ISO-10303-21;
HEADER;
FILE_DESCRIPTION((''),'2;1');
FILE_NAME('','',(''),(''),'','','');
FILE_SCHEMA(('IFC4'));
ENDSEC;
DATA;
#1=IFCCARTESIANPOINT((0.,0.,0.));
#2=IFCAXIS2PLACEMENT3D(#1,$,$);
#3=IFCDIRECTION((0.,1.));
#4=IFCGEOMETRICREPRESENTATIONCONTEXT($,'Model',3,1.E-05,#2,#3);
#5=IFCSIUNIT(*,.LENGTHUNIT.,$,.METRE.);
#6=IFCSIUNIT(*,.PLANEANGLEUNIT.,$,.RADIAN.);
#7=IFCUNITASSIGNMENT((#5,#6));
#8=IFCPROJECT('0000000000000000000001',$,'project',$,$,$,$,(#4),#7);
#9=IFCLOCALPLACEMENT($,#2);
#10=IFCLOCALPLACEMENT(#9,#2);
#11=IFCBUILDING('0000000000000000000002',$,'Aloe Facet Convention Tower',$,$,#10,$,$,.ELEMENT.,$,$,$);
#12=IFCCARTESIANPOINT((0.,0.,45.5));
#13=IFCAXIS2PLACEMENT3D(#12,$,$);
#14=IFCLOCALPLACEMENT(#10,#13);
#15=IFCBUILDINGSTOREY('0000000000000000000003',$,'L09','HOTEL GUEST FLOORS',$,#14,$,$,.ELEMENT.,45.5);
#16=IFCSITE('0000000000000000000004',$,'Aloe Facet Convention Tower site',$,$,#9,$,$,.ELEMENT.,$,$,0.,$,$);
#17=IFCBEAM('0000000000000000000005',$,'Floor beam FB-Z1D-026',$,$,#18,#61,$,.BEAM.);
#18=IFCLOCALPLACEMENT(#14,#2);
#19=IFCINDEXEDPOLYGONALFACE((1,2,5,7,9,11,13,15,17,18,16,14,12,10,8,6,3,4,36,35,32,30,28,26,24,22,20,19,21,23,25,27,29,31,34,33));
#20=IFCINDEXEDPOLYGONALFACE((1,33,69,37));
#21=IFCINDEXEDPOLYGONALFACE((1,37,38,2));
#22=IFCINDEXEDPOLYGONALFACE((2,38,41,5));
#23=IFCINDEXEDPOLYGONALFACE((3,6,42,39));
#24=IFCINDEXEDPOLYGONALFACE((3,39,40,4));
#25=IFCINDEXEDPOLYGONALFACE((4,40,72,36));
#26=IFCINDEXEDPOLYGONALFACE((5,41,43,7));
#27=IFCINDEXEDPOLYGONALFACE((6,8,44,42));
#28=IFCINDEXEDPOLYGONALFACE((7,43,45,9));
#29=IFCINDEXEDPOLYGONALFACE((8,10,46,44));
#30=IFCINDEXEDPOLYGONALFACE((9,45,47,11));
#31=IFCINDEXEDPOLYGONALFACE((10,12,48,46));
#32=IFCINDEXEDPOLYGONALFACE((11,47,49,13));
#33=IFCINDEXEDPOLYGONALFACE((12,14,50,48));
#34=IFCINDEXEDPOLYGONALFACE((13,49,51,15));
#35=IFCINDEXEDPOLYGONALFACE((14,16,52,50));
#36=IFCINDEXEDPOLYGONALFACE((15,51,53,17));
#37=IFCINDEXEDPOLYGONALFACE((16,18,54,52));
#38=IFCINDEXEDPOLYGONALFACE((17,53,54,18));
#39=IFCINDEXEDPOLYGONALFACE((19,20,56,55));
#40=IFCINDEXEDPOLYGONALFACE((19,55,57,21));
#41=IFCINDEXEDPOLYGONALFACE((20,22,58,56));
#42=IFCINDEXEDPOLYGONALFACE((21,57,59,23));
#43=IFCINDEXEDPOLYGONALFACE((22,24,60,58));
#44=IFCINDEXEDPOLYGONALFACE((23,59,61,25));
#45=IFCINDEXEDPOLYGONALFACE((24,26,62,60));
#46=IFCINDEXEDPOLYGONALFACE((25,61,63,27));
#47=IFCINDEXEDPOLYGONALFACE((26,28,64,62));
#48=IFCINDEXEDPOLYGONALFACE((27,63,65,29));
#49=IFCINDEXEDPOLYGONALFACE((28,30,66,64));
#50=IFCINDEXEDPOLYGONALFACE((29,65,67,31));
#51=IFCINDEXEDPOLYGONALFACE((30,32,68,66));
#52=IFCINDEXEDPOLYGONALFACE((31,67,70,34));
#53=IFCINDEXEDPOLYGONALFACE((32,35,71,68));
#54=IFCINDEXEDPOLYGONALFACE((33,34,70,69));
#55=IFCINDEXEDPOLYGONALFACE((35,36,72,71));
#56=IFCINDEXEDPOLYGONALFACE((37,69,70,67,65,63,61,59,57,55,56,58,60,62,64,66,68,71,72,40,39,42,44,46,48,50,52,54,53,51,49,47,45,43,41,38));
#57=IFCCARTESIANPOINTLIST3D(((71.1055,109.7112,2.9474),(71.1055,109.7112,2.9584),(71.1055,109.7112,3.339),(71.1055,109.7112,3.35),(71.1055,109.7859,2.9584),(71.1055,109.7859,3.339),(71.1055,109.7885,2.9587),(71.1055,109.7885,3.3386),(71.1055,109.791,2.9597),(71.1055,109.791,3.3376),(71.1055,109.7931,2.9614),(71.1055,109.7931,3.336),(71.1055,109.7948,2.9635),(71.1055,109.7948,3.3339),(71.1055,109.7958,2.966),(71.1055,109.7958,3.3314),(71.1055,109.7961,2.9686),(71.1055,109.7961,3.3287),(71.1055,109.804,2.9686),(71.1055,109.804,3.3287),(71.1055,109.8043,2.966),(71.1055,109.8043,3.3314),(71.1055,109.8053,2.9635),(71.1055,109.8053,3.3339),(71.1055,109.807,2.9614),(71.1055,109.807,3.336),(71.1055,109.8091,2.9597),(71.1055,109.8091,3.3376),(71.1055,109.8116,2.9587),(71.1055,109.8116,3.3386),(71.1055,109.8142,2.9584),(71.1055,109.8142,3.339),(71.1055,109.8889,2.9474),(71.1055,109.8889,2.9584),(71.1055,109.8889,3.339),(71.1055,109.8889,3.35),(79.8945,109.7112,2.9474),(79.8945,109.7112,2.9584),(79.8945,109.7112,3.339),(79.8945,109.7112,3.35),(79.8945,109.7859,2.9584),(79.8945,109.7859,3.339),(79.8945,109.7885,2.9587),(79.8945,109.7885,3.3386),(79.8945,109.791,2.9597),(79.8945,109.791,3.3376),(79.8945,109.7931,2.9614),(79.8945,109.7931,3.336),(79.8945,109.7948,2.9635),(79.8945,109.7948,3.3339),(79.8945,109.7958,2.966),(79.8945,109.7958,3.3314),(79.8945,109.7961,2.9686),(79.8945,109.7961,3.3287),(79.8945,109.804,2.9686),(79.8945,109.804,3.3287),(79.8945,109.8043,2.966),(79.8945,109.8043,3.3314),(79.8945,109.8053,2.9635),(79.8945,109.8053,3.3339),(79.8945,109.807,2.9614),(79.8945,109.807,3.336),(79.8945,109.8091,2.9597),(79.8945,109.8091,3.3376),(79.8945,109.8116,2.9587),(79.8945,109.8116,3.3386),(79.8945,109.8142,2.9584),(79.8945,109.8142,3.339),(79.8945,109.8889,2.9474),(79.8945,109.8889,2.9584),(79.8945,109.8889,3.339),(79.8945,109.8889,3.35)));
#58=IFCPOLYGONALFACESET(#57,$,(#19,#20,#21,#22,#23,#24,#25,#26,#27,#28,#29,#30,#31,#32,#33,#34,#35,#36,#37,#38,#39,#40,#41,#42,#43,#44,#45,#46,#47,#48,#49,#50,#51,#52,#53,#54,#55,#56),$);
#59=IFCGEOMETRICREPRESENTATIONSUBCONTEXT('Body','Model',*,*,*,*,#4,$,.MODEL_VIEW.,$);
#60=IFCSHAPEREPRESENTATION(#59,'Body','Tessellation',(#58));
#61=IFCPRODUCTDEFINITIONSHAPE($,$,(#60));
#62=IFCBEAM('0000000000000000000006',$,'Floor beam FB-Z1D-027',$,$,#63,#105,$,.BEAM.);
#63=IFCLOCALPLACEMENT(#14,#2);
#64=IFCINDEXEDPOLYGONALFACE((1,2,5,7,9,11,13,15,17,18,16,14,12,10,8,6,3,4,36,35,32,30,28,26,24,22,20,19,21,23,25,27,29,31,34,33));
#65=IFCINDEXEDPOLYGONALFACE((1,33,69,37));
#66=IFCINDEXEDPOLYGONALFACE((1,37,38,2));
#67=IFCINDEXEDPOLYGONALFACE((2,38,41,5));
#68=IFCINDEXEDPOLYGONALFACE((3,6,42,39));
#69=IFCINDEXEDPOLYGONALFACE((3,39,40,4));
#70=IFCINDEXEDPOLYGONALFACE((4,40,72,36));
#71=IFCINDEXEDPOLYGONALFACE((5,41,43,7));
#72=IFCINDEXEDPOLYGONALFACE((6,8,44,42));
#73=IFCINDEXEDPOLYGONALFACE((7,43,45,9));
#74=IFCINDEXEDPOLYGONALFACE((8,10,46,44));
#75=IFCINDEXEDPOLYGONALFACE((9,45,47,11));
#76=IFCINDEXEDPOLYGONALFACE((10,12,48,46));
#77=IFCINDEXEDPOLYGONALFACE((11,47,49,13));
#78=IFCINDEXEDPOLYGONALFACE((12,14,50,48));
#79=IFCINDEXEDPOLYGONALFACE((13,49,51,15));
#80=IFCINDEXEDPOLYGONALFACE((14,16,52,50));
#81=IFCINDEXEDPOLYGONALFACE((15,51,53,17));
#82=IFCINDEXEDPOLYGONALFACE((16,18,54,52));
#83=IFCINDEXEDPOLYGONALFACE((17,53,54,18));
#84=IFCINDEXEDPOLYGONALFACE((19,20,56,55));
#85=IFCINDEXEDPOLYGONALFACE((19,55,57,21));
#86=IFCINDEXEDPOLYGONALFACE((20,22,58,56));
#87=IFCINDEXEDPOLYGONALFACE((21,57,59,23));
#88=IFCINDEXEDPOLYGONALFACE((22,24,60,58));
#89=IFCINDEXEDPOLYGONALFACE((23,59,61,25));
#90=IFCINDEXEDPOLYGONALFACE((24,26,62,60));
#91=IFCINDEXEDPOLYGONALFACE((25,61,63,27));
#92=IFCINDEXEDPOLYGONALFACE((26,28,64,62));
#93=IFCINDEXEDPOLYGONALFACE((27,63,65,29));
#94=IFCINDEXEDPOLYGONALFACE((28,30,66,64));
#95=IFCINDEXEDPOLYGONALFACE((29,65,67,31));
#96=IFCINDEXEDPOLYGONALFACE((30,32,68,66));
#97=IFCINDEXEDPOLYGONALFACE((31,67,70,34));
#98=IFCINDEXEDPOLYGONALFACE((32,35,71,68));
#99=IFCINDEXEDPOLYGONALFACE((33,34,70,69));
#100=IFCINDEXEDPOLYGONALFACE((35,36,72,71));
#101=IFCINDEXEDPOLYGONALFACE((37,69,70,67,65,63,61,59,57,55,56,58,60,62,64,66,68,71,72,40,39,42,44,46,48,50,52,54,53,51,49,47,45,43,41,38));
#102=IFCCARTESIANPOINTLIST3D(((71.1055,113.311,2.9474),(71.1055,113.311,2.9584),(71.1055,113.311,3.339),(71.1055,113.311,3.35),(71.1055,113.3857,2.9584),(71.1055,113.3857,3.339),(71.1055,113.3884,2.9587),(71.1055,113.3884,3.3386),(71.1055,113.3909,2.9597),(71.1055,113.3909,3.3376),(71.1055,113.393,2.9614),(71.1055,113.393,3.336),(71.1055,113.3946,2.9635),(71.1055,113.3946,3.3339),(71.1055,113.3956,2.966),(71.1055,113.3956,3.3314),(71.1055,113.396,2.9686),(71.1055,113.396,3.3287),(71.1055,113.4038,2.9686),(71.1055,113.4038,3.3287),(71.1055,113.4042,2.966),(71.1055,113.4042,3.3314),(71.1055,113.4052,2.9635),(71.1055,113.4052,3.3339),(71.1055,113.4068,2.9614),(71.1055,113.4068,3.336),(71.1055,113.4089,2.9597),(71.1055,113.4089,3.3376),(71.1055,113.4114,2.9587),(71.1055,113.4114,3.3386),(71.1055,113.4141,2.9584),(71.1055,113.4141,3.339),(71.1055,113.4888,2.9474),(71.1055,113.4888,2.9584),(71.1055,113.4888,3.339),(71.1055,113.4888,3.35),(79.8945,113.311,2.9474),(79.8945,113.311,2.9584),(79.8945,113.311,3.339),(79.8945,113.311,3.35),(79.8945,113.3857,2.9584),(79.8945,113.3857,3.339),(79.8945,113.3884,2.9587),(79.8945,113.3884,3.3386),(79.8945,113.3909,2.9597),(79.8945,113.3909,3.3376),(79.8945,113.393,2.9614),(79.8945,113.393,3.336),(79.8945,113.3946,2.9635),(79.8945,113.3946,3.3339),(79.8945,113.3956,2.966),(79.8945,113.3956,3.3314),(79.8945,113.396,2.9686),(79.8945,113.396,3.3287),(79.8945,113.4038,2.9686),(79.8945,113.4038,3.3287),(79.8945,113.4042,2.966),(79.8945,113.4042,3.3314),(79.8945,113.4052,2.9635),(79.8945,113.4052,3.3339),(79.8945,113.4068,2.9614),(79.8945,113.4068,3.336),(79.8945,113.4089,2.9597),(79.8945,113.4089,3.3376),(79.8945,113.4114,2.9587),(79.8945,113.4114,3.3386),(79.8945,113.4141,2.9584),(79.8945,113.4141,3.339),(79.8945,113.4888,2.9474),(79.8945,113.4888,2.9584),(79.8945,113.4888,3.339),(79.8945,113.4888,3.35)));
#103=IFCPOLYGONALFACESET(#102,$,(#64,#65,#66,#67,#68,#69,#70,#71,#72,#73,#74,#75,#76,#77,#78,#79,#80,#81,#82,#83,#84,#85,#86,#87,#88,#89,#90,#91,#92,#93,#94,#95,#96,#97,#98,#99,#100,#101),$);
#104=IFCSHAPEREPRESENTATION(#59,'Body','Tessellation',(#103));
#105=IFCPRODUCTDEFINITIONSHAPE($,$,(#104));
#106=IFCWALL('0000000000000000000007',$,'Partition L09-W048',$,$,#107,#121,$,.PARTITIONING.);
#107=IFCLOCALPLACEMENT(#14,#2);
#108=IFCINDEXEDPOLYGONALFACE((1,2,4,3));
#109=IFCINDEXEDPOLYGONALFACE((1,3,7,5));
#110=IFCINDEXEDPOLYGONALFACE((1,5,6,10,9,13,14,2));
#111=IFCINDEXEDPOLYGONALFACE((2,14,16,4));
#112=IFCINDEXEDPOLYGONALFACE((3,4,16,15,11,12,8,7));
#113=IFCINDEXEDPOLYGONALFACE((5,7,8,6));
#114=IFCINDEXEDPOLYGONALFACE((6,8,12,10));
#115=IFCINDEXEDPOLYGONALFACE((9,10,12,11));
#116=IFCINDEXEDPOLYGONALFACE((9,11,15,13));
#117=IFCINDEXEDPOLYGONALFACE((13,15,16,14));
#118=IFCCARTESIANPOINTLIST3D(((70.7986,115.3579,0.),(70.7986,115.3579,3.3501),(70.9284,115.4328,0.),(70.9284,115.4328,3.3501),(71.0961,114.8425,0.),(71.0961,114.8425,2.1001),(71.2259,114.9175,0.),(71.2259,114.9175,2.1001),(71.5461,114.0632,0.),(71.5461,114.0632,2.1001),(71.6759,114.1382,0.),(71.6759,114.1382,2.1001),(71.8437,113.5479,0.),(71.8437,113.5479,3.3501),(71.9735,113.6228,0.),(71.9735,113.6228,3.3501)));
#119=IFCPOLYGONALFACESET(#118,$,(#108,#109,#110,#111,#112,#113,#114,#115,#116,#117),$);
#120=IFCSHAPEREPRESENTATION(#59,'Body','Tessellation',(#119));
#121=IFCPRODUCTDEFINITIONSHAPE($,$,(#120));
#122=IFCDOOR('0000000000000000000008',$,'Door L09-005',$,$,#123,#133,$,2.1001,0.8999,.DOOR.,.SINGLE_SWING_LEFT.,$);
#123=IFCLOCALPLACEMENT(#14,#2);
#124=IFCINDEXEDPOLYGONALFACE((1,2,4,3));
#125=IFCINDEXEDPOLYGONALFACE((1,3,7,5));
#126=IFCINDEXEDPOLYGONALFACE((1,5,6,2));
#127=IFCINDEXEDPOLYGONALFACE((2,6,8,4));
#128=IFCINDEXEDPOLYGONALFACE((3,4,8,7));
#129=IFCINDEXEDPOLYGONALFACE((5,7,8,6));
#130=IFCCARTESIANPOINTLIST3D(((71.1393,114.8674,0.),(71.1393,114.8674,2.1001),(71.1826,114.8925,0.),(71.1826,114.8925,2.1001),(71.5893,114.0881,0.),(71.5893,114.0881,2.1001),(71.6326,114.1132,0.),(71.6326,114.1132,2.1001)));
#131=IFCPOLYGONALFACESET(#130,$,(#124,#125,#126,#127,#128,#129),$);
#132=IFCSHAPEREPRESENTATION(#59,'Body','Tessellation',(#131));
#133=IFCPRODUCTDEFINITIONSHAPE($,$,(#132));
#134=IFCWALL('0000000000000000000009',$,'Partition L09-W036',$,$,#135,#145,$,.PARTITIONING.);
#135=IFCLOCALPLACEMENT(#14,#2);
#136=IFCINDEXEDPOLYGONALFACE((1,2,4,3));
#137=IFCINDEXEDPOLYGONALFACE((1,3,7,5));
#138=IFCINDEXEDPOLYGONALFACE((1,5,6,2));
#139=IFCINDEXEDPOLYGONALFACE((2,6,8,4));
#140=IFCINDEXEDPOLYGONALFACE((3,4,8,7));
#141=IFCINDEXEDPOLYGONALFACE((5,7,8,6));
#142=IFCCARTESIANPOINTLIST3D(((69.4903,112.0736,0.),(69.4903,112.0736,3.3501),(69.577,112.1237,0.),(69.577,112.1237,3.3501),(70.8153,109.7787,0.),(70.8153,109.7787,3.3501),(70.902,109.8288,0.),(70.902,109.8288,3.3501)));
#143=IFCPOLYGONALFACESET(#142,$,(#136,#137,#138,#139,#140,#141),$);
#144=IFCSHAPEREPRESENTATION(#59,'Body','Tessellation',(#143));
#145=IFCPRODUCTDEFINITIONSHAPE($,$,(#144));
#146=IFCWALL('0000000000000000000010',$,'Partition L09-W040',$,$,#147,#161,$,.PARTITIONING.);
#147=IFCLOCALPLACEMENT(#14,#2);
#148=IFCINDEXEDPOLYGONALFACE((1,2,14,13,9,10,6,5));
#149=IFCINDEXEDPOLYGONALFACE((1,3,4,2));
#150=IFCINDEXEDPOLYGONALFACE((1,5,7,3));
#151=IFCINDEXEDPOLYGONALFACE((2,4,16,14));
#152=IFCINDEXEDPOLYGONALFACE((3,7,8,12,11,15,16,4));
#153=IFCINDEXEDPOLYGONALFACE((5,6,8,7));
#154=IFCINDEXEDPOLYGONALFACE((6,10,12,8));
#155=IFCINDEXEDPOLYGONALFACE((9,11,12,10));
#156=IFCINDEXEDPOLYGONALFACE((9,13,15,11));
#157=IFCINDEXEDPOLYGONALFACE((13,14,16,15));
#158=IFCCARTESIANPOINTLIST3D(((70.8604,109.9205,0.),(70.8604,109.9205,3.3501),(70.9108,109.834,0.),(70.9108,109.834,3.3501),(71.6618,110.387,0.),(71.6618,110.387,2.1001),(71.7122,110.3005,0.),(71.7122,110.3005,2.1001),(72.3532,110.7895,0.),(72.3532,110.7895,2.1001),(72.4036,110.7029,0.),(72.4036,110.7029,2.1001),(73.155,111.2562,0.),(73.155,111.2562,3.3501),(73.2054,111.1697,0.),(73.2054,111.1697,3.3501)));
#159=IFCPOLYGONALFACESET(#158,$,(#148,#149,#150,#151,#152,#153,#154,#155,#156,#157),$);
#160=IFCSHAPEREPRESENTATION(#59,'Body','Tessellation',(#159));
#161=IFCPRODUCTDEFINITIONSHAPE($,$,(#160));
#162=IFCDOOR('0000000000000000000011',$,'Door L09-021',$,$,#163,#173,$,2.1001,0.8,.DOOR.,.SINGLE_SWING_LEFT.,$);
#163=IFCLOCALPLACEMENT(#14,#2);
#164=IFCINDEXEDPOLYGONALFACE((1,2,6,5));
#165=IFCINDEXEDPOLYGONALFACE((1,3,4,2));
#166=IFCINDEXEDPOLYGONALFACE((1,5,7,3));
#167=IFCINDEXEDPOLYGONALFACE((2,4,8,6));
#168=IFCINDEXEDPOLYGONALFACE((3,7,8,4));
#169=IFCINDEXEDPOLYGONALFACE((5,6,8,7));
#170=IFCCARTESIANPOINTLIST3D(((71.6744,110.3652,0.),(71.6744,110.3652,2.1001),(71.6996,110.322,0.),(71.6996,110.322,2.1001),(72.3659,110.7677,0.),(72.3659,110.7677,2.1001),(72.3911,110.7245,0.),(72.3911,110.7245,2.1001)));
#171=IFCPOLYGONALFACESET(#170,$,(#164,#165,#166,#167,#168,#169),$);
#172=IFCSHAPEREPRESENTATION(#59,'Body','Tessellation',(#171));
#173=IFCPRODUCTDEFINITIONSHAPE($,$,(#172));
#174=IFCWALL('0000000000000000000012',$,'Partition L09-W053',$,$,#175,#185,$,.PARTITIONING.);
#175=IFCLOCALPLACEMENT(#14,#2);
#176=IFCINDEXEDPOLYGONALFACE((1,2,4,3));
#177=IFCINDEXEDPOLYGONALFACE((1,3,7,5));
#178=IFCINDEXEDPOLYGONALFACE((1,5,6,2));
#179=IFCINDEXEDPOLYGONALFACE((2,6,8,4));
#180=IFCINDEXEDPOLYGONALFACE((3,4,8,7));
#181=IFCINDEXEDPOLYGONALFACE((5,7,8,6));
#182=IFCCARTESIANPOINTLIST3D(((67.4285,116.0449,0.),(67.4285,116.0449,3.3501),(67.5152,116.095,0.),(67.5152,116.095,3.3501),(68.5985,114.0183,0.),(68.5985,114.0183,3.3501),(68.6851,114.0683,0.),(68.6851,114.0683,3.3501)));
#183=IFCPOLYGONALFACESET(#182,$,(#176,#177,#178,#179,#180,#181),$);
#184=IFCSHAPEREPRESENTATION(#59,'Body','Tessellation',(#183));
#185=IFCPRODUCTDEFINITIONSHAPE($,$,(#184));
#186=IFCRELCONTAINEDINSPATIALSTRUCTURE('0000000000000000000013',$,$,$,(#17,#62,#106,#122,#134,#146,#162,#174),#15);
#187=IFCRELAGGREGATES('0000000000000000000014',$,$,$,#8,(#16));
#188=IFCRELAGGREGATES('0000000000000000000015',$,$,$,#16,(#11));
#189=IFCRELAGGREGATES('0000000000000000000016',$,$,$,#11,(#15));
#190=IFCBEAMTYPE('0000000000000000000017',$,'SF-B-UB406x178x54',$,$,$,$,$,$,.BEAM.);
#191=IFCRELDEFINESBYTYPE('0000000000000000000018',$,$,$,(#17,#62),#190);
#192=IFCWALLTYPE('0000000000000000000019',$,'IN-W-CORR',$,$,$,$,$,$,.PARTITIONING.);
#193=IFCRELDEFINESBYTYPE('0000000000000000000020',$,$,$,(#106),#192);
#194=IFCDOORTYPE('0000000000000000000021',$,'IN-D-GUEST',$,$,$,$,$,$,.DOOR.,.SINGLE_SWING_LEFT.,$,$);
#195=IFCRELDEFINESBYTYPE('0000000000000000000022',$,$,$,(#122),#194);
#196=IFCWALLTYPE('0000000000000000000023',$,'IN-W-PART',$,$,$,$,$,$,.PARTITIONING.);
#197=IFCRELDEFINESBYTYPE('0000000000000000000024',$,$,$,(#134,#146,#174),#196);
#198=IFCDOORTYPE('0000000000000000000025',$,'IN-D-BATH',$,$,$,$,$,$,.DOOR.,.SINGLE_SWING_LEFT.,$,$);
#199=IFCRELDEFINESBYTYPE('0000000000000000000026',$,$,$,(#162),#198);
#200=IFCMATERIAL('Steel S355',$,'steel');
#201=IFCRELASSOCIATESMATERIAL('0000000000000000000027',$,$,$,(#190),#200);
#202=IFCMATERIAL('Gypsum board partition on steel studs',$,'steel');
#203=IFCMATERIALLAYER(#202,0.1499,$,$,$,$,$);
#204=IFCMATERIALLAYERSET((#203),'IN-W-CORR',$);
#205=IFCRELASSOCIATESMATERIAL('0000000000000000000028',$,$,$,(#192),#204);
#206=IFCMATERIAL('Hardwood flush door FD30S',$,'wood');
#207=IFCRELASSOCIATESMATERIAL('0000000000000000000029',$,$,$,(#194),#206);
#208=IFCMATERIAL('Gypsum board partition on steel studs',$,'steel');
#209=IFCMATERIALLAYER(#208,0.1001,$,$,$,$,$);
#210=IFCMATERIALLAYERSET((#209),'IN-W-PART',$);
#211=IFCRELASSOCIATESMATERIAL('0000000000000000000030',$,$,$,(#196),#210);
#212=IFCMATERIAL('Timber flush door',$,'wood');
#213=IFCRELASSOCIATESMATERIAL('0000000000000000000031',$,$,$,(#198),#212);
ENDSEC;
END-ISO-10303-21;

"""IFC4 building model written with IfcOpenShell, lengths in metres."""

from ifc_helpers import new_model, si_unit, direction, frame, frame_2d, origin, origin_2d, place, context, subcontext, project, spatial, rectangle, i_section, extrude, material, layer, layer_set, material_profile, profile_set, type_object, element, fill, save


model = new_model("IFC4")

# Units and contexts
model_context = context("Model", 3, precision=1e-05, world=origin(), true_north=direction((0.0, 1.0)))
body_context = subcontext(model_context, "Body", "Model", "MODEL_VIEW")
ifc_project = project(units=[si_unit("LENGTHUNIT", "METRE"), si_unit("PLANEANGLEUNIT", "RADIAN")], contexts=[model_context])

# Site, building, storey
site_placement = place(None, origin())
site = spatial("IfcSite", under=ifc_project, at=site_placement, Name="Aloe Facet Convention Tower site", CompositionType="ELEMENT", RefElevation=0.0)
building_placement = place(site_placement, origin())
building = spatial("IfcBuilding", under=site, at=building_placement, Name="Aloe Facet Convention Tower", CompositionType="ELEMENT")
storey_placement = place(building_placement, frame((0.0, 0.0, 45.5)))
storey = spatial("IfcBuildingStorey", under=building, at=storey_placement, Name="L09", Description="HOTEL GUEST FLOORS", CompositionType="ELEMENT", Elevation=45.5)

# Beams
ifc_material_1 = material(Name="Steel S355", Category="steel")
ifc_material_profile_1 = material_profile(ifc_material_1, i_section(OverallWidth=0.1777, OverallDepth=0.4026, WebThickness=0.0078, FlangeThickness=0.011, FilletRadius=0.0103, at=origin_2d()), Name="UB 406x178x54")
ifc_profile_set_1 = profile_set([ifc_material_profile_1], Name="Steel S355")
beam_type = type_object("IfcBeamType", Name="SF-B-UB406x178x54", PredefinedType="BEAM", material=ifc_profile_set_1)
for number, where, z_axis, x_axis, name in (
    (1, (71.1055, 109.8, 3.1487), (1.0, 0.0, 0.0), (0.0, 1.0, 0.0), "Floor beam FB-Z1D-026"),
    (2, (71.1055, 113.3999, 3.1487), (1.0, 0.0, 0.0), (0.0, 1.0, 0.0), "Floor beam FB-Z1D-027"),
):
    element("IfcBeam", number, at=place(storey_placement, frame(where, z_axis=z_axis, x_axis=x_axis)), inside=storey, type_object=beam_type, Name=name, PredefinedType="BEAM", context=body_context, shape_type="SweptSolid", body=[
        extrude(i_section(OverallWidth=0.1777, OverallDepth=0.4026, WebThickness=0.0078, FlangeThickness=0.011, FilletRadius=0.0103, at=origin_2d()), origin(), (0.0, 0.0, 1.0), 8.7891),
    ])

# Wall, opening, door
ifc_material_2 = material(Name="Gypsum board partition on steel studs", Category="steel")
ifc_layer_1 = layer(ifc_material_2, 0.1499)
ifc_layer_set_1 = layer_set([ifc_layer_1], Name="IN-W-CORR")
wall_type_1 = type_object("IfcWallType", Name="IN-W-CORR", PredefinedType="PARTITIONING", material=ifc_layer_set_1)
wall_1_placement = place(storey_placement, frame((70.8635, 115.3953, 0.0), z_axis=(0.0, 0.0, 1.0), x_axis=(0.500046, -0.865999, 0.0)))
wall_1 = element("IfcWall", 3, at=wall_1_placement, inside=storey, type_object=wall_type_1, Name="Partition L09-W048", PredefinedType="PARTITIONING", context=body_context, shape_type="SweptSolid", body=[
    extrude(rectangle(XDim=2.0901, YDim=0.1499, at=frame_2d((1.0449, 0.0))), origin(), (0.0, 0.0, 1.0), 3.3501),
])
opening_1_placement = place(wall_1_placement, frame((0.595, 0.0, 0.0)))
opening_1 = element("IfcOpeningElement", 4, at=opening_1_placement, cuts=wall_1, PredefinedType="OPENING", context=body_context, shape_type="SweptSolid", body=[
    extrude(rectangle(XDim=0.8999, YDim=2.1001, at=frame_2d((0.45, 1.05))), frame((0.0, 0.085, 0.0), z_axis=(0.0, -1.0, 0.0), x_axis=(1.0, 0.0, 0.0)), (0.0, 0.0, 1.0), 0.1699),
])
ifc_material_3 = material(Name="Hardwood flush door FD30S", Category="wood")
door_type_1 = type_object("IfcDoorType", Name="IN-D-GUEST", OperationType="SINGLE_SWING_LEFT", PredefinedType="DOOR", material=ifc_material_3)
door_1_placement = place(opening_1_placement, origin())
door_1 = element("IfcDoor", 5, at=door_1_placement, inside=storey, type_object=door_type_1, Name="Door L09-005", OperationType="SINGLE_SWING_LEFT", OverallHeight=2.1001, OverallWidth=0.8999, PredefinedType="DOOR", context=body_context, shape_type="SweptSolid", body=[
    extrude(rectangle(XDim=0.8999, YDim=2.1001, at=frame_2d((0.45, 1.05))), frame((0.0, 0.0249, 0.0), z_axis=(0.0, -1.0, 0.0), x_axis=(1.0, 0.0, 0.0)), (0.0, 0.0, 1.0), 0.05),
])
fill(opening_1, door_1)

# Wall
ifc_material_4 = material(Name="Gypsum board partition on steel studs", Category="steel")
ifc_layer_2 = layer(ifc_material_4, 0.1001)
ifc_layer_set_2 = layer_set([ifc_layer_2], Name="IN-W-PART")
wall_type_2 = type_object("IfcWallType", Name="IN-W-PART", PredefinedType="PARTITIONING", material=ifc_layer_set_2)
wall_2_placement = place(storey_placement, frame((69.5337, 112.0986, 0.0), z_axis=(0.0, 0.0, 1.0), x_axis=(0.499994, -0.866029, 0.0)))
element("IfcWall", 6, at=wall_2_placement, inside=storey, type_object=wall_type_2, Name="Partition L09-W036", PredefinedType="PARTITIONING", context=body_context, shape_type="SweptSolid", body=[
    extrude(rectangle(XDim=2.6499, YDim=0.1001, at=frame_2d((1.325, 0.0))), origin(), (0.0, 0.0, 1.0), 3.3501),
])

# Wall, opening, door
wall_3_placement = place(storey_placement, frame((70.8855, 109.8772, 0.0), z_axis=(0.0, 0.0, 1.0), x_axis=(0.864249, 0.503065, 0.0)))
wall_3 = element("IfcWall", 7, at=wall_3_placement, inside=storey, type_object=wall_type_2, Name="Partition L09-W040", PredefinedType="PARTITIONING", context=body_context, shape_type="SweptSolid", body=[
    extrude(rectangle(XDim=2.655, YDim=0.1001, at=frame_2d((1.3276, 0.0))), origin(), (0.0, 0.0, 1.0), 3.3501),
])
opening_2_placement = place(wall_3_placement, frame((0.9275, 0.0, 0.0)))
opening_2 = element("IfcOpeningElement", 8, at=opening_2_placement, cuts=wall_3, PredefinedType="OPENING", context=body_context, shape_type="SweptSolid", body=[
    extrude(rectangle(XDim=0.8, YDim=2.1001, at=frame_2d((0.3999, 1.05))), frame((0.0, 0.0601, 0.0), z_axis=(0.0, -1.0, 0.0), x_axis=(1.0, 0.0, 0.0)), (0.0, 0.0, 1.0), 0.1201),
])
ifc_material_5 = material(Name="Timber flush door", Category="wood")
door_type_2 = type_object("IfcDoorType", Name="IN-D-BATH", OperationType="SINGLE_SWING_LEFT", PredefinedType="DOOR", material=ifc_material_5)
door_2_placement = place(opening_2_placement, origin())
door_2 = element("IfcDoor", 9, at=door_2_placement, inside=storey, type_object=door_type_2, Name="Door L09-021", OperationType="SINGLE_SWING_LEFT", OverallHeight=2.1001, OverallWidth=0.8, PredefinedType="DOOR", context=body_context, shape_type="SweptSolid", body=[
    extrude(rectangle(XDim=0.8, YDim=2.1001, at=frame_2d((0.3999, 1.05))), frame((0.0, 0.0249, 0.0), z_axis=(0.0, -1.0, 0.0), x_axis=(1.0, 0.0, 0.0)), (0.0, 0.0, 1.0), 0.05),
])
fill(opening_2, door_2)

# Wall
wall_4_placement = place(storey_placement, frame((67.4719, 116.0698, 0.0), z_axis=(0.0, 0.0, 1.0), x_axis=(0.499954, -0.866052, 0.0)))
element("IfcWall", 10, at=wall_4_placement, inside=storey, type_object=wall_type_2, Name="Partition L09-W053", PredefinedType="PARTITIONING", context=body_context, shape_type="SweptSolid", body=[
    extrude(rectangle(XDim=2.3401, YDim=0.1001, at=frame_2d((1.1699, 0.0))), origin(), (0.0, 0.0, 1.0), 3.3501),
])

save(model, "model.ifc")
